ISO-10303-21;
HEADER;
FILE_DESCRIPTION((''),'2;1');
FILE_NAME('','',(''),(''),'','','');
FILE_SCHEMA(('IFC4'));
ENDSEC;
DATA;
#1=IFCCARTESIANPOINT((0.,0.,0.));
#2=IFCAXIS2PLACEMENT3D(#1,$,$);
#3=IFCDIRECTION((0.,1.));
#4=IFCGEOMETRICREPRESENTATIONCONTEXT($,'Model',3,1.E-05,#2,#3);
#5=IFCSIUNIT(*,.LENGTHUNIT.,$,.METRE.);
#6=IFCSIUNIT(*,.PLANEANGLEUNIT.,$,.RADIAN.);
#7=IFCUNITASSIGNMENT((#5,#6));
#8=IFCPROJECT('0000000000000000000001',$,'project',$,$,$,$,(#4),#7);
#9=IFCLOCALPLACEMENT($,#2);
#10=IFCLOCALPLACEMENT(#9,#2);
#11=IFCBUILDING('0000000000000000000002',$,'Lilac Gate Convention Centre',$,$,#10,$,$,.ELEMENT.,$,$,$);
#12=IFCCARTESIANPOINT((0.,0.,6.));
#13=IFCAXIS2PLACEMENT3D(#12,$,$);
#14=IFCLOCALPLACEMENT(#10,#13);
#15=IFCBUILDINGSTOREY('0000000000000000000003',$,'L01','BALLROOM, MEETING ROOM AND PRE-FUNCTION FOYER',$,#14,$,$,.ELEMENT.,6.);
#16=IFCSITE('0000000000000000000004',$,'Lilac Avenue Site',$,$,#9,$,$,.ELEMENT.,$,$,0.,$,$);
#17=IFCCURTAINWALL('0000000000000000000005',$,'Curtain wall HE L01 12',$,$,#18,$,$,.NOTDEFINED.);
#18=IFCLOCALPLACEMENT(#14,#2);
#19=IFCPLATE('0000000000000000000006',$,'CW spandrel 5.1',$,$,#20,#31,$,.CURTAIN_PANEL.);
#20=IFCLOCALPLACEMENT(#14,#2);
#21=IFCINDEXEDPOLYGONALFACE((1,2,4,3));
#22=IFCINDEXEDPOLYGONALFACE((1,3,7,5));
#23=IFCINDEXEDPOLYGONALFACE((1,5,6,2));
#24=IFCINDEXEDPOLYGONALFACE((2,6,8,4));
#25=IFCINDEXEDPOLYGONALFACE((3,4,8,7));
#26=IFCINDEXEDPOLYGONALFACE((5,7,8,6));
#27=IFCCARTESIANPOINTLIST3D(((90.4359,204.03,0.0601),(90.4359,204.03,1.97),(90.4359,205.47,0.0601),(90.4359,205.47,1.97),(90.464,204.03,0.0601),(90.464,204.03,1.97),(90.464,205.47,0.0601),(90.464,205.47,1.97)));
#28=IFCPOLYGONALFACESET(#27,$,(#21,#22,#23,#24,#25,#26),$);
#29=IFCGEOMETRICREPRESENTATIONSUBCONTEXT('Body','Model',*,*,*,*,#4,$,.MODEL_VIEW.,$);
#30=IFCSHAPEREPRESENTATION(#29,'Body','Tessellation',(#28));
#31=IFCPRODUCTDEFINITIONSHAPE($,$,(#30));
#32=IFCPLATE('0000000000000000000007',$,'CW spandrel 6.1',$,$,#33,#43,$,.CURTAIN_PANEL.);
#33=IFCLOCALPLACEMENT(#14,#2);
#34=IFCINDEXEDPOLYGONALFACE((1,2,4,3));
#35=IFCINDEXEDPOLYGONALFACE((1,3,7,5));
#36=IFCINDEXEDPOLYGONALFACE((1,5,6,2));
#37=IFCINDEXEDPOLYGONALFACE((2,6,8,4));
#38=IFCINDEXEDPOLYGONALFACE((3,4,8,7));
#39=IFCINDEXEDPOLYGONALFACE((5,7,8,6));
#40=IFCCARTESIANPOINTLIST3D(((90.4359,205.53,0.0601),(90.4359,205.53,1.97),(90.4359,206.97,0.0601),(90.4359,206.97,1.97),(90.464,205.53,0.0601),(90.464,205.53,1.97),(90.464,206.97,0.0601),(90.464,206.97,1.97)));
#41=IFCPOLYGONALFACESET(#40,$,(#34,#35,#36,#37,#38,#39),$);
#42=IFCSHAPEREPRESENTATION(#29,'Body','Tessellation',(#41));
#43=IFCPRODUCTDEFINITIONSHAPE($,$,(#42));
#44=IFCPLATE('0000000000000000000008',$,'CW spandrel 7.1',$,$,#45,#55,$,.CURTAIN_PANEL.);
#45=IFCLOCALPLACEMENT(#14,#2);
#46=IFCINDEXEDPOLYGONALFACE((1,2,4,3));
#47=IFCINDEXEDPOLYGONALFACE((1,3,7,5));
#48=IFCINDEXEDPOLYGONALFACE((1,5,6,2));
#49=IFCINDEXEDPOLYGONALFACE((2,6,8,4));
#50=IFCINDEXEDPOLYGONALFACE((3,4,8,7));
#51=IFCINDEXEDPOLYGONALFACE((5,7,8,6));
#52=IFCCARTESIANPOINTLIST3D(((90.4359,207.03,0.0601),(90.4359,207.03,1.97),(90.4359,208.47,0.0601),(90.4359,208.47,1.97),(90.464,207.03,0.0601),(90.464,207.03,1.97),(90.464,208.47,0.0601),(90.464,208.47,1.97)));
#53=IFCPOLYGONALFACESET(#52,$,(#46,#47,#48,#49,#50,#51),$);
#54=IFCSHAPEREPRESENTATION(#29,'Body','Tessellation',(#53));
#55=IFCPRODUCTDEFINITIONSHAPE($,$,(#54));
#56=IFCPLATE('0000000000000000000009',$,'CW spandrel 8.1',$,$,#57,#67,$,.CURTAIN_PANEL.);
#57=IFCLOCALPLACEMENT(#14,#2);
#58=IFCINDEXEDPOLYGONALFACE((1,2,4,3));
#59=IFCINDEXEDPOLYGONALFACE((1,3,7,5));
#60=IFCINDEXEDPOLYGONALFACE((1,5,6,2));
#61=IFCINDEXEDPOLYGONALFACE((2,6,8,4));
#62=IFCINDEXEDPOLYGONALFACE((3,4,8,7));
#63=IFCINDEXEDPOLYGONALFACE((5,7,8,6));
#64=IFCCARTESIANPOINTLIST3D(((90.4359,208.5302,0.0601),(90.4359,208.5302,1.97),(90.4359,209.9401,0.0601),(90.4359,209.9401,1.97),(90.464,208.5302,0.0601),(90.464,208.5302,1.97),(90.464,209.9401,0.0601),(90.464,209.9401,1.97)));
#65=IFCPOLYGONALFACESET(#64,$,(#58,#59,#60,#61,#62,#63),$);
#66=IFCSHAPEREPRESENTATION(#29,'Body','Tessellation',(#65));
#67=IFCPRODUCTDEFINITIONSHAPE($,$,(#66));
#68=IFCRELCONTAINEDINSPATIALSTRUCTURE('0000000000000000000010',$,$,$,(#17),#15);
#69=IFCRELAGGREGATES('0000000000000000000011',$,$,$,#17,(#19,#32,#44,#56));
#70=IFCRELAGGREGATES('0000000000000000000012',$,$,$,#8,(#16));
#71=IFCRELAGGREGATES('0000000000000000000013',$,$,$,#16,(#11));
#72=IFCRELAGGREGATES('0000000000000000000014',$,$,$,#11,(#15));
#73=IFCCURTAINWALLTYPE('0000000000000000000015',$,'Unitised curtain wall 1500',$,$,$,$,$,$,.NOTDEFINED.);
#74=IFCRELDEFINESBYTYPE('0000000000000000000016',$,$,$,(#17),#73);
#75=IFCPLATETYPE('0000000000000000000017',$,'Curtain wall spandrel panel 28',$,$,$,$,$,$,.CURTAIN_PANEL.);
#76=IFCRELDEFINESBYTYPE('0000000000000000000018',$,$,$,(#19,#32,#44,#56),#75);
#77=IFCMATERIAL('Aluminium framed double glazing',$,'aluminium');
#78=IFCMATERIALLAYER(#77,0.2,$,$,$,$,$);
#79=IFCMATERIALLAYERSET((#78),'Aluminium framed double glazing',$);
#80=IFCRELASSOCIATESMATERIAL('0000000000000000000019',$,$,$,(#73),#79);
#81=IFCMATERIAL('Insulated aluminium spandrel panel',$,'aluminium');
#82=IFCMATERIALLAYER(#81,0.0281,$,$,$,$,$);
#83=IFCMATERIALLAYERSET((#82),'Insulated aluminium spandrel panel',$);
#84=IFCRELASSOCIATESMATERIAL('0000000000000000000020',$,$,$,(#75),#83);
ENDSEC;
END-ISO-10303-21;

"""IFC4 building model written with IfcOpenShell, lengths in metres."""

from ifc_helpers import new_model, si_unit, direction, frame, origin, origin_2d, place, context, subcontext, project, spatial, rectangle, extrude, material, layer, layer_set, type_object, element, aggregate, save


model = new_model("IFC4")

# Units and contexts
model_context = context("Model", 3, precision=1e-05, world=origin(), true_north=direction((0.0, 1.0)))
body_context = subcontext(model_context, "Body", "Model", "MODEL_VIEW")
ifc_project = project(units=[si_unit("LENGTHUNIT", "METRE"), si_unit("PLANEANGLEUNIT", "RADIAN")], contexts=[model_context])

# Site, building, storey
site_placement = place(None, origin())
site = spatial("IfcSite", under=ifc_project, at=site_placement, Name="Lilac Avenue Site", CompositionType="ELEMENT", RefElevation=0.0)
building_placement = place(site_placement, origin())
building = spatial("IfcBuilding", under=site, at=building_placement, Name="Lilac Gate Convention Centre", CompositionType="ELEMENT")
storey_placement = place(building_placement, frame((0.0, 0.0, 6.0)))
storey = spatial("IfcBuildingStorey", under=building, at=storey_placement, Name="L01", Description="BALLROOM, MEETING ROOM AND PRE-FUNCTION FOYER", CompositionType="ELEMENT", Elevation=6.0)

# Curtain wall, plates
ifc_material_1 = material(Name="Aluminium framed double glazing", Category="aluminium")
ifc_layer_1 = layer(ifc_material_1, 0.2)
ifc_layer_set_1 = layer_set([ifc_layer_1], Name="Aluminium framed double glazing")
curtain_wall_type = type_object("IfcCurtainWallType", Name="Unitised curtain wall 1500", PredefinedType="NOTDEFINED", material=ifc_layer_set_1)
curtain_wall_placement = place(storey_placement, origin())
curtain_wall = element("IfcCurtainWall", 1, at=curtain_wall_placement, inside=storey, type_object=curtain_wall_type, Name="Curtain wall HE L01 12", PredefinedType="NOTDEFINED")
ifc_material_2 = material(Name="Insulated aluminium spandrel panel", Category="aluminium")
ifc_layer_2 = layer(ifc_material_2, 0.0281)
ifc_layer_set_2 = layer_set([ifc_layer_2], Name="Insulated aluminium spandrel panel")
plate_type_1 = type_object("IfcPlateType", Name="Curtain wall spandrel panel 28", PredefinedType="CURTAIN_PANEL", material=ifc_layer_set_2)
plate_1_placement = place(storey_placement, frame((90.45, 204.75, 0.0601), z_axis=(0.0, 0.0, 1.0), x_axis=(0.0, 1.0, 0.0)))
plate_1 = element("IfcPlate", 2, at=plate_1_placement, type_object=plate_type_1, Name="CW spandrel 5.1", PredefinedType="CURTAIN_PANEL", context=body_context, shape_type="SweptSolid", body=[
    extrude(rectangle(XDim=1.4399, YDim=0.0281, at=origin_2d()), origin(), (0.0, 0.0, 1.0), 1.9099),
])
plate_2_placement = place(storey_placement, frame((90.45, 206.25, 0.0601), z_axis=(0.0, 0.0, 1.0), x_axis=(0.0, 1.0, 0.0)))
plate_2 = element("IfcPlate", 3, at=plate_2_placement, type_object=plate_type_1, Name="CW spandrel 6.1", PredefinedType="CURTAIN_PANEL", context=body_context, shape_type="SweptSolid", body=[
    extrude(rectangle(XDim=1.4399, YDim=0.0281, at=origin_2d()), origin(), (0.0, 0.0, 1.0), 1.9099),
])
plate_3_placement = place(storey_placement, frame((90.45, 207.75, 0.0601), z_axis=(0.0, 0.0, 1.0), x_axis=(0.0, 1.0, 0.0)))
plate_3 = element("IfcPlate", 4, at=plate_3_placement, type_object=plate_type_1, Name="CW spandrel 7.1", PredefinedType="CURTAIN_PANEL", context=body_context, shape_type="SweptSolid", body=[
    extrude(rectangle(XDim=1.4399, YDim=0.0281, at=origin_2d()), origin(), (0.0, 0.0, 1.0), 1.9099),
])
plate_4_placement = place(storey_placement, frame((90.45, 209.2351, 0.0601), z_axis=(0.0, 0.0, 1.0), x_axis=(0.0, 1.0, 0.0)))
plate_4 = element("IfcPlate", 5, at=plate_4_placement, type_object=plate_type_1, Name="CW spandrel 8.1", PredefinedType="CURTAIN_PANEL", context=body_context, shape_type="SweptSolid", body=[
    extrude(rectangle(XDim=1.4099, YDim=0.0281, at=origin_2d()), origin(), (0.0, 0.0, 1.0), 1.9099),
])
aggregate(curtain_wall, [plate_1, plate_2, plate_3, plate_4])

save(model, "model.ifc")
